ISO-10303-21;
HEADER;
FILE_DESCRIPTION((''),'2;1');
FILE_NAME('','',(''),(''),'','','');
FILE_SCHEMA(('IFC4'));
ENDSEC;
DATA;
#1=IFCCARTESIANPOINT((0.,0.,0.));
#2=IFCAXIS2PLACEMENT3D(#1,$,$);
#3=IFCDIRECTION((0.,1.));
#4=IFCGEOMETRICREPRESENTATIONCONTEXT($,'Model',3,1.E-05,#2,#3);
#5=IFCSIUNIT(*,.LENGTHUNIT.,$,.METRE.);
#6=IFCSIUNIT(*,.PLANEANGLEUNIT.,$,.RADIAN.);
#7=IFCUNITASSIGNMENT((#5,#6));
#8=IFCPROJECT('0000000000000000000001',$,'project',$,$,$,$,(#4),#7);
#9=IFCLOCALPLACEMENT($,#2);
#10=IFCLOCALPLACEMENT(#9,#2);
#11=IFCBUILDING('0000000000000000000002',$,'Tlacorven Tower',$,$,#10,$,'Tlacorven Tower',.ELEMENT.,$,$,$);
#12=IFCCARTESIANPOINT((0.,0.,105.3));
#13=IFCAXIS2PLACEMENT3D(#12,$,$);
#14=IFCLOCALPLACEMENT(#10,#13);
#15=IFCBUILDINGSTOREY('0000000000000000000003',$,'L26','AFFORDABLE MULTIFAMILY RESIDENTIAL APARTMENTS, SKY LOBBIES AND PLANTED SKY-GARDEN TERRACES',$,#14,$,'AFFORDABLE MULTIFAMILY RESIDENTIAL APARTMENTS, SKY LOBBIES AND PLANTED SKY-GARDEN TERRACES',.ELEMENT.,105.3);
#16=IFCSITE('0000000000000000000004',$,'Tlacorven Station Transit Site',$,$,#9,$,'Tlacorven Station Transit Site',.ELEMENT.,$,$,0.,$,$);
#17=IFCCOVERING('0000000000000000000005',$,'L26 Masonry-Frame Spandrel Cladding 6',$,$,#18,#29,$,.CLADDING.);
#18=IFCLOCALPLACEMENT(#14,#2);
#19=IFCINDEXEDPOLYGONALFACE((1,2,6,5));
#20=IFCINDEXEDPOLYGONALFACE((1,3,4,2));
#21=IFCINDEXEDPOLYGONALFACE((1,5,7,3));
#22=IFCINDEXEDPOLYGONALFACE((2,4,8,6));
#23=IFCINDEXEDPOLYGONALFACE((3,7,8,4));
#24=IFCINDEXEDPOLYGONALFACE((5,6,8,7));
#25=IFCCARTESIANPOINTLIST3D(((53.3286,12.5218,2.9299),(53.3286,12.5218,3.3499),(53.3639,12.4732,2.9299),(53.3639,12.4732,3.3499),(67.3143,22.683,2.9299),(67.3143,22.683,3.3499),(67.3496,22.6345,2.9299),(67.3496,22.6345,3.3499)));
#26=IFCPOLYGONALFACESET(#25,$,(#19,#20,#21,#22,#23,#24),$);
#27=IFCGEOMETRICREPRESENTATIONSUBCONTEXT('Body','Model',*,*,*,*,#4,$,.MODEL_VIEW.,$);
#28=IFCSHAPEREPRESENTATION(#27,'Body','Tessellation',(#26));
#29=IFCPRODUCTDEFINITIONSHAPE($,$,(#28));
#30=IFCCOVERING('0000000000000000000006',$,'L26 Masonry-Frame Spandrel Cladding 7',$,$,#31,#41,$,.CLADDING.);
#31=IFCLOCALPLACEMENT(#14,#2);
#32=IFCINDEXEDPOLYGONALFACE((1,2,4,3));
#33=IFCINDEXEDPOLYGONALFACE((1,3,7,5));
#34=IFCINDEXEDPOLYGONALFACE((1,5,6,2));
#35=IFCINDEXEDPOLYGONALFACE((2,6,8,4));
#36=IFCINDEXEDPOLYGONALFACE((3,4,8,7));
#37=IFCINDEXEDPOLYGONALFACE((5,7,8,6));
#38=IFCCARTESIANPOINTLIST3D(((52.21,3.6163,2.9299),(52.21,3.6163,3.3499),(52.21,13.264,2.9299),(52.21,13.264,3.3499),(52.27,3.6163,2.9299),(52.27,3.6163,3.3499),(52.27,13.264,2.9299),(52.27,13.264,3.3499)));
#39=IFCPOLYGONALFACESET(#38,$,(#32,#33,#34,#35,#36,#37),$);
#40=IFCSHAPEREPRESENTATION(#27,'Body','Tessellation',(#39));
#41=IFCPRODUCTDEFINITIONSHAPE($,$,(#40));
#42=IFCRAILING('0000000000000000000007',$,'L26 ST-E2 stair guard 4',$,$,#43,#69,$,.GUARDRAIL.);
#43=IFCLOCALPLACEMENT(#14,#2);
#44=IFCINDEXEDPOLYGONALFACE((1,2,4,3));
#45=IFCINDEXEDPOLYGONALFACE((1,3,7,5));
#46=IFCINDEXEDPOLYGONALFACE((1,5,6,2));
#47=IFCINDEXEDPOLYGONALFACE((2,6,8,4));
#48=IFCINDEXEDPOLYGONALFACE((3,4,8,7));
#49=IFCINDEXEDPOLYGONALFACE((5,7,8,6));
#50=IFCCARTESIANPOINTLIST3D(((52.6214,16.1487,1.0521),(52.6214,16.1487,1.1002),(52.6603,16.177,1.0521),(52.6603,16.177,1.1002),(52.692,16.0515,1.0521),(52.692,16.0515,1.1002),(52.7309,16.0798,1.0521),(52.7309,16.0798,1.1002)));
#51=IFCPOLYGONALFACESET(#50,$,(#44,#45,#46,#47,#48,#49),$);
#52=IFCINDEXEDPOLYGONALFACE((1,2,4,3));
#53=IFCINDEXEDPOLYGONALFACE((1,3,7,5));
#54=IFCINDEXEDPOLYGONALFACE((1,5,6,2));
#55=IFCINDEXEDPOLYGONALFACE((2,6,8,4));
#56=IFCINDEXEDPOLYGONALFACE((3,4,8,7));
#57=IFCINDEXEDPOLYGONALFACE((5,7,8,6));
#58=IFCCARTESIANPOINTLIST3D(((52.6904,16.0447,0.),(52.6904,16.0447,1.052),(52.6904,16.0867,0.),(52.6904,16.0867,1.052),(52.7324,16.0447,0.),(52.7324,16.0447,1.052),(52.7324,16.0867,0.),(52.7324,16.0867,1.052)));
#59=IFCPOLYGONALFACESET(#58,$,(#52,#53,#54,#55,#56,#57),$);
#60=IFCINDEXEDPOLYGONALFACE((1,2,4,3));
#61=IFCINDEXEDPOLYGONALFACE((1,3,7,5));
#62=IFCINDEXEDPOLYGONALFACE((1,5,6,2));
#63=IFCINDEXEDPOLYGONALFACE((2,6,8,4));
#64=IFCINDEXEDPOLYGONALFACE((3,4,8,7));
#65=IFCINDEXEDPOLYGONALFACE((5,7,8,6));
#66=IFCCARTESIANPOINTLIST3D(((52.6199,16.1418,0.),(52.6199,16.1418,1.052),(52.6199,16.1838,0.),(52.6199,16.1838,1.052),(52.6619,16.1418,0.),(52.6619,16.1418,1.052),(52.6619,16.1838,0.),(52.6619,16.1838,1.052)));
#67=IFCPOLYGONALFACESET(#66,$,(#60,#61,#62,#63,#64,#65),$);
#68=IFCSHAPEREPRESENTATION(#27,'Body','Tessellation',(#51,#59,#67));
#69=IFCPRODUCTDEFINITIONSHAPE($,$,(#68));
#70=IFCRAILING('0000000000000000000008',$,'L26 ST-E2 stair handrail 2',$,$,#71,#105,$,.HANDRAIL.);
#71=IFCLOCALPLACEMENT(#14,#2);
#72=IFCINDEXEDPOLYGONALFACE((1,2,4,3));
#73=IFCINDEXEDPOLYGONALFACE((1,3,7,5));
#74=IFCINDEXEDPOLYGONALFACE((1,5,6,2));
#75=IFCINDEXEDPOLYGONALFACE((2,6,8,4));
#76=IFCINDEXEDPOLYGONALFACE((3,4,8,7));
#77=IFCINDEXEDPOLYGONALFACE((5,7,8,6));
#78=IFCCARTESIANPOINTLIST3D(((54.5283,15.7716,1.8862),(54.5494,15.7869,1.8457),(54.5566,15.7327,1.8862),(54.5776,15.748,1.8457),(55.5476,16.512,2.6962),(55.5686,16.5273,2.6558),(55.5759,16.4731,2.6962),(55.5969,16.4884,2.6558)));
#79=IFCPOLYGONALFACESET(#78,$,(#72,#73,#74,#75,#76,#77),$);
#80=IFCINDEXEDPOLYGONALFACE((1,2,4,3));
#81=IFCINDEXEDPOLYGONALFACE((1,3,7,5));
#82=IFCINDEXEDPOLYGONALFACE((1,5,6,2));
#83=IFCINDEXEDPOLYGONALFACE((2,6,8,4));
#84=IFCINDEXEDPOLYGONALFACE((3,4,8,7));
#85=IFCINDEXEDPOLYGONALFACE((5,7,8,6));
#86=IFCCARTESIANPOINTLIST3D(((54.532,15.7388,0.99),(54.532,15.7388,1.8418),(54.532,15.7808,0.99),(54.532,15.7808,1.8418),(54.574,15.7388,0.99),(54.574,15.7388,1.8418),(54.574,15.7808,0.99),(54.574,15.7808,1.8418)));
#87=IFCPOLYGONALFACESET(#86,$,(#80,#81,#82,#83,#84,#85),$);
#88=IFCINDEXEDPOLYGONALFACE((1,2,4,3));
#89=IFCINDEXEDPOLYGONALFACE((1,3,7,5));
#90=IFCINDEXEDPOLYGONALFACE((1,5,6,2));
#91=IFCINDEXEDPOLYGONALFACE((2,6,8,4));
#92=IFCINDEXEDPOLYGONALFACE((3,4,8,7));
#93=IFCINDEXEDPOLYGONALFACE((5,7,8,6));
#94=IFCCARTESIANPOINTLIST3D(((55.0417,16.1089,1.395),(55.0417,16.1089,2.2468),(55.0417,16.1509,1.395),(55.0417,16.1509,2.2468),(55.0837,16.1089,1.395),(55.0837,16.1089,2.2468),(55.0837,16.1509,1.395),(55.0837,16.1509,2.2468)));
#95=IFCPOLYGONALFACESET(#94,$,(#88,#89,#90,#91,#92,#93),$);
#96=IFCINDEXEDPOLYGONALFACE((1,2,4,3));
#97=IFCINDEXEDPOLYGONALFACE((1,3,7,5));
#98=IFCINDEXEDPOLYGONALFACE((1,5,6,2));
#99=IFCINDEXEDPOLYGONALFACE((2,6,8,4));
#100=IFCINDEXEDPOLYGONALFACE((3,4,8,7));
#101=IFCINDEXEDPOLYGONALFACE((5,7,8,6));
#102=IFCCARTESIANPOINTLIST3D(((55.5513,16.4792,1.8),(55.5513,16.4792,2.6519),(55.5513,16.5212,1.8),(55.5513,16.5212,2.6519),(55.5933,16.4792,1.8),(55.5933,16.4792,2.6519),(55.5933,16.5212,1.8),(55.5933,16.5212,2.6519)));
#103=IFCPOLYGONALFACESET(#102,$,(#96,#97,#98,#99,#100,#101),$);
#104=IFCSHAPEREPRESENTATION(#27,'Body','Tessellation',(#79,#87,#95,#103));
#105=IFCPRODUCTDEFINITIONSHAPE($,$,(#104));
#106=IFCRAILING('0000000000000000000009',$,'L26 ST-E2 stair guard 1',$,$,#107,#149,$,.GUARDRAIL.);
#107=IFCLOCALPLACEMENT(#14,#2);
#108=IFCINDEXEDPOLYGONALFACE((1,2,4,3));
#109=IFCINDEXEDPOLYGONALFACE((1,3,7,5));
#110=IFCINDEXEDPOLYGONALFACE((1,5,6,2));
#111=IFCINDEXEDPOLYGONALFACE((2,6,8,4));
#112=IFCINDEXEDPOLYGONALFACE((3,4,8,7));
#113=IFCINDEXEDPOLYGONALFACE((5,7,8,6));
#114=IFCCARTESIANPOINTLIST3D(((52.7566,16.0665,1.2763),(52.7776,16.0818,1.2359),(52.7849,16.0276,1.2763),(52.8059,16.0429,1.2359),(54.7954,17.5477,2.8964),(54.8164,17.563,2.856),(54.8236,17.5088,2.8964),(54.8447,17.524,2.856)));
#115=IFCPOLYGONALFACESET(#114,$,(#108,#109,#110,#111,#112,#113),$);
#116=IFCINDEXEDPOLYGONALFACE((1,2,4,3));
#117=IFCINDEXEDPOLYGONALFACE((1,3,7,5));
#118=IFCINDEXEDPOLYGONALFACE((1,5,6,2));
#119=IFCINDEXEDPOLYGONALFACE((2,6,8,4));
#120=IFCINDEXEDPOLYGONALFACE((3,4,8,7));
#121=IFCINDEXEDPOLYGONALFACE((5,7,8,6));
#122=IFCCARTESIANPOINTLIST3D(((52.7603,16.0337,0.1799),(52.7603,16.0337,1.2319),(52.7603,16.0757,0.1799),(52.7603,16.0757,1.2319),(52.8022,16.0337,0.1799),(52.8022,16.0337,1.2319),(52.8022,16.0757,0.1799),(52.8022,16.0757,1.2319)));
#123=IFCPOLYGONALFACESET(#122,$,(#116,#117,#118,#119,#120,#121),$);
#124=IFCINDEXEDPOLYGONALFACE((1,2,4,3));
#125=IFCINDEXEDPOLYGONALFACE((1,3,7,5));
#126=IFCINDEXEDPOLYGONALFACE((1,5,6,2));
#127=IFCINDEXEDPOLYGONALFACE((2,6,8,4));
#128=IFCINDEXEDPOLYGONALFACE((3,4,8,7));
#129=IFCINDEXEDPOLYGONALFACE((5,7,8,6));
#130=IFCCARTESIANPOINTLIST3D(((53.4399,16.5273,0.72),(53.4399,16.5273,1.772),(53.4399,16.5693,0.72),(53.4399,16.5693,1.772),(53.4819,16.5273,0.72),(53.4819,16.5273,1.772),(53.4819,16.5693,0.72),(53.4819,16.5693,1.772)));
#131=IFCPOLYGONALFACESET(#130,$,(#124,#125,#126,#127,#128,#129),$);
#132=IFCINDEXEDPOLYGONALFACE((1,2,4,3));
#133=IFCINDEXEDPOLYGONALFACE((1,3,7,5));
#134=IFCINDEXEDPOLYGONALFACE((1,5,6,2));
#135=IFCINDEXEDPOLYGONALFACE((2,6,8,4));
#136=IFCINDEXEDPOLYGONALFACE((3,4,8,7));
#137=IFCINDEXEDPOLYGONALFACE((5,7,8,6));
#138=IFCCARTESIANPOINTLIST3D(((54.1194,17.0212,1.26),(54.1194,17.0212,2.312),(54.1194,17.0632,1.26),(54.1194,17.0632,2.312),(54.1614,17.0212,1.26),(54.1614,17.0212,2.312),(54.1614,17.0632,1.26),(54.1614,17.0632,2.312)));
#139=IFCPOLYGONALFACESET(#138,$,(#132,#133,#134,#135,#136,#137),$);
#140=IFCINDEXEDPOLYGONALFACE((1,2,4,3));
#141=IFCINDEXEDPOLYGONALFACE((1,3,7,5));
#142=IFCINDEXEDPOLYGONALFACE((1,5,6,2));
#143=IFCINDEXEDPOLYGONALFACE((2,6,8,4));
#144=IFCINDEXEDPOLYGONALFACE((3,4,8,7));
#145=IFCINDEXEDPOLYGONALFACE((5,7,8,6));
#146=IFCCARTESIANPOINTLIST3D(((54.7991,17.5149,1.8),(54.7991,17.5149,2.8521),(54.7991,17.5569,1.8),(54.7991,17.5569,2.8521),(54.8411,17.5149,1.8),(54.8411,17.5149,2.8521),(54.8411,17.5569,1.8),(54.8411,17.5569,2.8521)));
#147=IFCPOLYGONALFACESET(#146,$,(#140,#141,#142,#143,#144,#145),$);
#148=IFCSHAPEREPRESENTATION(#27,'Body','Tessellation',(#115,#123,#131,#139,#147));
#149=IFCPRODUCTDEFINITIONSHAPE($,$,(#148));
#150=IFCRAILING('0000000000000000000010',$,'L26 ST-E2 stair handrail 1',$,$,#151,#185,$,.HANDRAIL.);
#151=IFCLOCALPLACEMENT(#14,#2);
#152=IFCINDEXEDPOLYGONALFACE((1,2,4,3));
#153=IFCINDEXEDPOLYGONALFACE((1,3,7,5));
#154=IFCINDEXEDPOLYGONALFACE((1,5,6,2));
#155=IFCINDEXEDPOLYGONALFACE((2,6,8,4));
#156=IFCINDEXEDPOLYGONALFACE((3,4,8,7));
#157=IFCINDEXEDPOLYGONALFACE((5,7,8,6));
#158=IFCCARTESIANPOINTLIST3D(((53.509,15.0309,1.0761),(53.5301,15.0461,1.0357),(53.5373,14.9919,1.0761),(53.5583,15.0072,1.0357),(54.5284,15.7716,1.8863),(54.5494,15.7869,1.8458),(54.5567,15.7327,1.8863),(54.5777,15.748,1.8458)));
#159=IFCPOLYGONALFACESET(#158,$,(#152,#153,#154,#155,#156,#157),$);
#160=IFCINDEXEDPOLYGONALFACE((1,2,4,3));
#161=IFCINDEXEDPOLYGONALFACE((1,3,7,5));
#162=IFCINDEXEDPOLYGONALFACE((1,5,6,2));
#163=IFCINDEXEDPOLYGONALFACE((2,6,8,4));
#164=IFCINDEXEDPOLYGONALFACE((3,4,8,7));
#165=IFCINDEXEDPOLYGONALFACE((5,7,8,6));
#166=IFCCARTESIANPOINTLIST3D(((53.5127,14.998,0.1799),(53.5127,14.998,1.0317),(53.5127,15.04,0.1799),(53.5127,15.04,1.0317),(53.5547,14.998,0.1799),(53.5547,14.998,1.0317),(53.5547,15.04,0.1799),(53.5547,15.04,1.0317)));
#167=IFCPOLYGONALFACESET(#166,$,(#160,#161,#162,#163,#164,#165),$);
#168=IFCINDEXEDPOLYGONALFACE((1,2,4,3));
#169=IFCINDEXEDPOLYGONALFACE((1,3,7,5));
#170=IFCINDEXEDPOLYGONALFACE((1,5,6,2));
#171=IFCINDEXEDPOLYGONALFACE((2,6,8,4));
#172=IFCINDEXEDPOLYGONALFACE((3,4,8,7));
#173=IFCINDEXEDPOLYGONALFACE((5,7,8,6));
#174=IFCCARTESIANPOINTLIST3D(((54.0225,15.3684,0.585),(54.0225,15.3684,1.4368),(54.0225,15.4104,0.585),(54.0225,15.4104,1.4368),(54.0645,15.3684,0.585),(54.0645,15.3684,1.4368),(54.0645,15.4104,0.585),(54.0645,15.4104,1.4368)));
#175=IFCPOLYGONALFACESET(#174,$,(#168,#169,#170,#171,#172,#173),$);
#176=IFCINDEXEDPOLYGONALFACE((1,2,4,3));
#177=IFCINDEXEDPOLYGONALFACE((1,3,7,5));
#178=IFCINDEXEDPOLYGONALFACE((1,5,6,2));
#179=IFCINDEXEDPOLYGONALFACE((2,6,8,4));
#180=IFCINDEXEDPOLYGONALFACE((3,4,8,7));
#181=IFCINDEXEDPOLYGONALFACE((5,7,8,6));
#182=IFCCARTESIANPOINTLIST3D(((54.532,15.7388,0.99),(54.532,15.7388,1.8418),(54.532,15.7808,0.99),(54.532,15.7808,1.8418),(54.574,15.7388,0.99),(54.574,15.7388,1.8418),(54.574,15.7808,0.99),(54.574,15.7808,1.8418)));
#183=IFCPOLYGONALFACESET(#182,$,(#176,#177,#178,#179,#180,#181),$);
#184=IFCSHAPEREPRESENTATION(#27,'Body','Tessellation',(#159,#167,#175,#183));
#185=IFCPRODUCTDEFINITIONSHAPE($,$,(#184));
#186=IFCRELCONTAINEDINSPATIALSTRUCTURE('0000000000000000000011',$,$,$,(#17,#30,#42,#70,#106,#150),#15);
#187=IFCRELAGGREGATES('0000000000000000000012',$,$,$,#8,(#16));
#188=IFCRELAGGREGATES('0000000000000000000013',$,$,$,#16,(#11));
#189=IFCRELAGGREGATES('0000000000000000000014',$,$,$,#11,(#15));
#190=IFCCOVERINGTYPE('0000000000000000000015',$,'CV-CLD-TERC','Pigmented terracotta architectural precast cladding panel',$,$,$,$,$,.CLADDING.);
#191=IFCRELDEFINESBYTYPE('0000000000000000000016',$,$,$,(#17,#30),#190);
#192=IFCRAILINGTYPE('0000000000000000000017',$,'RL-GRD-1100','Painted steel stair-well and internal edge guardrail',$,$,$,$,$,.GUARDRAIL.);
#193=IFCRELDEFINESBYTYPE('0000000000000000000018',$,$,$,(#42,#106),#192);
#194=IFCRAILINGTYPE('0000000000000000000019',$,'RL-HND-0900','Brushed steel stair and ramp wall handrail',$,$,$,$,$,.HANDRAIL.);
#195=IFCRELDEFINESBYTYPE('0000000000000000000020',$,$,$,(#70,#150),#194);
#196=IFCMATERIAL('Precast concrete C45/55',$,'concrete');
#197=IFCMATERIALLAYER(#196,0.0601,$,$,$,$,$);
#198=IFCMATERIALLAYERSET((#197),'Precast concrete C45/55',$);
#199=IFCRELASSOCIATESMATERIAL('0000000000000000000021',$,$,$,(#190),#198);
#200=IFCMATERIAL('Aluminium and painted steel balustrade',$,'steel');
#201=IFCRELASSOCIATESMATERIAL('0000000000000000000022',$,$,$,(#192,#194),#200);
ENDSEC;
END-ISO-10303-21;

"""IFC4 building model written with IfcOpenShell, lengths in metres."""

from ifc_helpers import new_model, si_unit, direction, frame, origin, origin_2d, place, context, subcontext, project, spatial, rectangle, extrude, source, transform, mapped, material, layer, layer_set, type_object, element, save


model = new_model("IFC4")

# Units and contexts
model_context = context("Model", 3, precision=1e-05, world=origin(), true_north=direction((0.0, 1.0)))
body_context = subcontext(model_context, "Body", "Model", "MODEL_VIEW")
ifc_project = project(units=[si_unit("LENGTHUNIT", "METRE"), si_unit("PLANEANGLEUNIT", "RADIAN")], contexts=[model_context])

# Site, building, storey
site_placement = place(None, origin())
site = spatial("IfcSite", under=ifc_project, at=site_placement, Name="Tlacorven Station Transit Site", LongName="Tlacorven Station Transit Site", CompositionType="ELEMENT", RefElevation=0.0)
building_placement = place(site_placement, origin())
building = spatial("IfcBuilding", under=site, at=building_placement, Name="Tlacorven Tower", LongName="Tlacorven Tower", CompositionType="ELEMENT")
storey_placement = place(building_placement, frame((0.0, 0.0, 105.3)))
storey = spatial("IfcBuildingStorey", under=building, at=storey_placement, Name="L26", Description="AFFORDABLE MULTIFAMILY RESIDENTIAL APARTMENTS, SKY LOBBIES AND PLANTED SKY-GARDEN TERRACES", LongName="AFFORDABLE MULTIFAMILY RESIDENTIAL APARTMENTS, SKY LOBBIES AND PLANTED SKY-GARDEN TERRACES", CompositionType="ELEMENT", Elevation=105.3)

# Shared definitions
ifc_material_1 = material(Name="Precast concrete C45/55", Category="concrete")

# Coverings
ifc_layer_1 = layer(ifc_material_1, 0.0601)
ifc_layer_set_1 = layer_set([ifc_layer_1], Name="Precast concrete C45/55")
covering_type = type_object("IfcCoveringType", Name="CV-CLD-TERC", Description="Pigmented terracotta architectural precast cladding panel", PredefinedType="CLADDING", material=ifc_layer_set_1)
shared_shape_1 = source(origin(), body_context, "Body", "SweptSolid", [
    extrude(rectangle(XDim=17.2874, YDim=0.0601, at=origin_2d()), origin(), (0.0, 0.0, 1.0), 0.4199),
])
covering_1_placement = place(storey_placement, frame((60.3391, 17.5781, 2.9299), z_axis=(0.0, 0.0, 1.0), x_axis=(-0.809017, -0.587785, 0.0)))
element("IfcCovering", 1, at=covering_1_placement, inside=storey, type_object=covering_type, Name="L26 Masonry-Frame Spandrel Cladding 6", PredefinedType="CLADDING", context=body_context, shape_type="MappedRepresentation", body=[
    mapped(shared_shape_1, transform((0.0, 0.0, 0.0), scale=1.0)),
])
shared_shape_2 = source(origin(), body_context, "Body", "SweptSolid", [
    extrude(rectangle(XDim=9.6477, YDim=0.0601, at=origin_2d()), origin(), (0.0, 0.0, 1.0), 0.4199),
])
covering_2_placement = place(storey_placement, frame((52.24, 8.4402, 2.9299), z_axis=(0.0, 0.0, 1.0), x_axis=(0.0, -1.0, 0.0)))
element("IfcCovering", 2, at=covering_2_placement, inside=storey, type_object=covering_type, Name="L26 Masonry-Frame Spandrel Cladding 7", PredefinedType="CLADDING", context=body_context, shape_type="MappedRepresentation", body=[
    mapped(shared_shape_2, transform((0.0, 0.0, 0.0), scale=1.0)),
])

# Railings
ifc_material_2 = material(Name="Aluminium and painted steel balustrade", Category="steel")
railing_type_1 = type_object("IfcRailingType", Name="RL-GRD-1100", Description="Painted steel stair-well and internal edge guardrail", PredefinedType="GUARDRAIL", material=ifc_material_2)
shared_shape_3 = source(origin(), body_context, "Body", "SweptSolid", [
    extrude(rectangle(XDim=0.0481, YDim=0.0481, at=origin_2d()), frame((0.0, 0.0, 1.0762), z_axis=(-0.587567, 0.809175, 0.0), x_axis=(-0.809175, -0.587567, 0.0)), (0.0, 0.0, 1.0), 0.1201),
    extrude(rectangle(XDim=0.042, YDim=0.042, at=origin_2d()), origin(), (0.0, 0.0, 1.0), 1.052),
    extrude(rectangle(XDim=0.042, YDim=0.042, at=origin_2d()), frame((-0.0706, 0.0972, 0.0)), (0.0, 0.0, 1.0), 1.052),
])
railing_1_placement = place(storey_placement, frame((52.7114, 16.0657, 0.0)))
element("IfcRailing", 3, at=railing_1_placement, inside=storey, type_object=railing_type_1, Name="L26 ST-E2 stair guard 4", PredefinedType="GUARDRAIL", context=body_context, shape_type="MappedRepresentation", body=[
    mapped(shared_shape_3, transform((0.0, 0.0, 0.0), scale=1.0)),
])
railing_type_2 = type_object("IfcRailingType", Name="RL-HND-0900", Description="Brushed steel stair and ramp wall handrail", PredefinedType="HANDRAIL", material=ifc_material_2)
shared_shape_4 = source(origin(), body_context, "Body", "SweptSolid", [
    extrude(rectangle(XDim=0.0481, YDim=0.0481, at=origin_2d()), frame((0.0, 0.0, 0.876), z_axis=(0.680516, 0.494373, 0.540827), x_axis=(-0.587745, 0.809046, 0.0)), (0.0, 0.0, 1.0), 1.4978),
    extrude(rectangle(XDim=0.042, YDim=0.042, at=origin_2d()), origin(), (0.0, 0.0, 1.0), 0.8518),
    extrude(rectangle(XDim=0.042, YDim=0.042, at=origin_2d()), frame((0.5098, 0.3701, 0.405)), (0.0, 0.0, 1.0), 0.8518),
    extrude(rectangle(XDim=0.042, YDim=0.042, at=origin_2d()), frame((1.0193, 0.7405, 0.8101)), (0.0, 0.0, 1.0), 0.8518),
])
railing_2_placement = place(storey_placement, frame((54.553, 15.7598, 0.99)))
element("IfcRailing", 4, at=railing_2_placement, inside=storey, type_object=railing_type_2, Name="L26 ST-E2 stair handrail 2", PredefinedType="HANDRAIL", context=body_context, shape_type="MappedRepresentation", body=[
    mapped(shared_shape_4, transform((0.0, 0.0, 0.0), scale=1.0)),
])
shared_shape_5 = source(origin(), body_context, "Body", "SweptSolid", [
    extrude(rectangle(XDim=0.0481, YDim=0.0481, at=origin_2d()), frame((0.0, 0.0, 1.0762), z_axis=(0.680532, 0.494407, 0.540775), x_axis=(-0.587763, 0.809033, 0.0)), (0.0, 0.0, 1.0), 2.9958),
    extrude(rectangle(XDim=0.042, YDim=0.042, at=origin_2d()), origin(), (0.0, 0.0, 1.0), 1.052),
    extrude(rectangle(XDim=0.042, YDim=0.042, at=origin_2d()), frame((0.6797, 0.4937, 0.54)), (0.0, 0.0, 1.0), 1.052),
    extrude(rectangle(XDim=0.042, YDim=0.042, at=origin_2d()), frame((1.3591, 0.9875, 1.0801)), (0.0, 0.0, 1.0), 1.052),
    extrude(rectangle(XDim=0.042, YDim=0.042, at=origin_2d()), frame((2.0388, 1.4812, 1.6201)), (0.0, 0.0, 1.0), 1.052),
])
railing_3_placement = place(storey_placement, frame((52.7812, 16.0547, 0.1799)))
element("IfcRailing", 5, at=railing_3_placement, inside=storey, type_object=railing_type_1, Name="L26 ST-E2 stair guard 1", PredefinedType="GUARDRAIL", context=body_context, shape_type="MappedRepresentation", body=[
    mapped(shared_shape_5, transform((0.0, 0.0, 0.0), scale=1.0)),
])
shared_shape_6 = source(origin(), body_context, "Body", "SweptSolid", [
    extrude(rectangle(XDim=0.0481, YDim=0.0481, at=origin_2d()), frame((0.0, 0.0, 0.876), z_axis=(0.680461, 0.494496, 0.540783), x_axis=(-0.587872, 0.808954, 0.0)), (0.0, 0.0, 1.0), 1.498),
    extrude(rectangle(XDim=0.042, YDim=0.042, at=origin_2d()), origin(), (0.0, 0.0, 1.0), 0.8518),
    extrude(rectangle(XDim=0.042, YDim=0.042, at=origin_2d()), frame((0.5098, 0.3704, 0.405)), (0.0, 0.0, 1.0), 0.8518),
    extrude(rectangle(XDim=0.042, YDim=0.042, at=origin_2d()), frame((1.0193, 0.7407, 0.8101)), (0.0, 0.0, 1.0), 0.8518),
])
railing_4_placement = place(storey_placement, frame((53.5337, 15.019, 0.1799)))
element("IfcRailing", 6, at=railing_4_placement, inside=storey, type_object=railing_type_2, Name="L26 ST-E2 stair handrail 1", PredefinedType="HANDRAIL", context=body_context, shape_type="MappedRepresentation", body=[
    mapped(shared_shape_6, transform((0.0, 0.0, 0.0), scale=1.0)),
])

save(model, "model.ifc")
